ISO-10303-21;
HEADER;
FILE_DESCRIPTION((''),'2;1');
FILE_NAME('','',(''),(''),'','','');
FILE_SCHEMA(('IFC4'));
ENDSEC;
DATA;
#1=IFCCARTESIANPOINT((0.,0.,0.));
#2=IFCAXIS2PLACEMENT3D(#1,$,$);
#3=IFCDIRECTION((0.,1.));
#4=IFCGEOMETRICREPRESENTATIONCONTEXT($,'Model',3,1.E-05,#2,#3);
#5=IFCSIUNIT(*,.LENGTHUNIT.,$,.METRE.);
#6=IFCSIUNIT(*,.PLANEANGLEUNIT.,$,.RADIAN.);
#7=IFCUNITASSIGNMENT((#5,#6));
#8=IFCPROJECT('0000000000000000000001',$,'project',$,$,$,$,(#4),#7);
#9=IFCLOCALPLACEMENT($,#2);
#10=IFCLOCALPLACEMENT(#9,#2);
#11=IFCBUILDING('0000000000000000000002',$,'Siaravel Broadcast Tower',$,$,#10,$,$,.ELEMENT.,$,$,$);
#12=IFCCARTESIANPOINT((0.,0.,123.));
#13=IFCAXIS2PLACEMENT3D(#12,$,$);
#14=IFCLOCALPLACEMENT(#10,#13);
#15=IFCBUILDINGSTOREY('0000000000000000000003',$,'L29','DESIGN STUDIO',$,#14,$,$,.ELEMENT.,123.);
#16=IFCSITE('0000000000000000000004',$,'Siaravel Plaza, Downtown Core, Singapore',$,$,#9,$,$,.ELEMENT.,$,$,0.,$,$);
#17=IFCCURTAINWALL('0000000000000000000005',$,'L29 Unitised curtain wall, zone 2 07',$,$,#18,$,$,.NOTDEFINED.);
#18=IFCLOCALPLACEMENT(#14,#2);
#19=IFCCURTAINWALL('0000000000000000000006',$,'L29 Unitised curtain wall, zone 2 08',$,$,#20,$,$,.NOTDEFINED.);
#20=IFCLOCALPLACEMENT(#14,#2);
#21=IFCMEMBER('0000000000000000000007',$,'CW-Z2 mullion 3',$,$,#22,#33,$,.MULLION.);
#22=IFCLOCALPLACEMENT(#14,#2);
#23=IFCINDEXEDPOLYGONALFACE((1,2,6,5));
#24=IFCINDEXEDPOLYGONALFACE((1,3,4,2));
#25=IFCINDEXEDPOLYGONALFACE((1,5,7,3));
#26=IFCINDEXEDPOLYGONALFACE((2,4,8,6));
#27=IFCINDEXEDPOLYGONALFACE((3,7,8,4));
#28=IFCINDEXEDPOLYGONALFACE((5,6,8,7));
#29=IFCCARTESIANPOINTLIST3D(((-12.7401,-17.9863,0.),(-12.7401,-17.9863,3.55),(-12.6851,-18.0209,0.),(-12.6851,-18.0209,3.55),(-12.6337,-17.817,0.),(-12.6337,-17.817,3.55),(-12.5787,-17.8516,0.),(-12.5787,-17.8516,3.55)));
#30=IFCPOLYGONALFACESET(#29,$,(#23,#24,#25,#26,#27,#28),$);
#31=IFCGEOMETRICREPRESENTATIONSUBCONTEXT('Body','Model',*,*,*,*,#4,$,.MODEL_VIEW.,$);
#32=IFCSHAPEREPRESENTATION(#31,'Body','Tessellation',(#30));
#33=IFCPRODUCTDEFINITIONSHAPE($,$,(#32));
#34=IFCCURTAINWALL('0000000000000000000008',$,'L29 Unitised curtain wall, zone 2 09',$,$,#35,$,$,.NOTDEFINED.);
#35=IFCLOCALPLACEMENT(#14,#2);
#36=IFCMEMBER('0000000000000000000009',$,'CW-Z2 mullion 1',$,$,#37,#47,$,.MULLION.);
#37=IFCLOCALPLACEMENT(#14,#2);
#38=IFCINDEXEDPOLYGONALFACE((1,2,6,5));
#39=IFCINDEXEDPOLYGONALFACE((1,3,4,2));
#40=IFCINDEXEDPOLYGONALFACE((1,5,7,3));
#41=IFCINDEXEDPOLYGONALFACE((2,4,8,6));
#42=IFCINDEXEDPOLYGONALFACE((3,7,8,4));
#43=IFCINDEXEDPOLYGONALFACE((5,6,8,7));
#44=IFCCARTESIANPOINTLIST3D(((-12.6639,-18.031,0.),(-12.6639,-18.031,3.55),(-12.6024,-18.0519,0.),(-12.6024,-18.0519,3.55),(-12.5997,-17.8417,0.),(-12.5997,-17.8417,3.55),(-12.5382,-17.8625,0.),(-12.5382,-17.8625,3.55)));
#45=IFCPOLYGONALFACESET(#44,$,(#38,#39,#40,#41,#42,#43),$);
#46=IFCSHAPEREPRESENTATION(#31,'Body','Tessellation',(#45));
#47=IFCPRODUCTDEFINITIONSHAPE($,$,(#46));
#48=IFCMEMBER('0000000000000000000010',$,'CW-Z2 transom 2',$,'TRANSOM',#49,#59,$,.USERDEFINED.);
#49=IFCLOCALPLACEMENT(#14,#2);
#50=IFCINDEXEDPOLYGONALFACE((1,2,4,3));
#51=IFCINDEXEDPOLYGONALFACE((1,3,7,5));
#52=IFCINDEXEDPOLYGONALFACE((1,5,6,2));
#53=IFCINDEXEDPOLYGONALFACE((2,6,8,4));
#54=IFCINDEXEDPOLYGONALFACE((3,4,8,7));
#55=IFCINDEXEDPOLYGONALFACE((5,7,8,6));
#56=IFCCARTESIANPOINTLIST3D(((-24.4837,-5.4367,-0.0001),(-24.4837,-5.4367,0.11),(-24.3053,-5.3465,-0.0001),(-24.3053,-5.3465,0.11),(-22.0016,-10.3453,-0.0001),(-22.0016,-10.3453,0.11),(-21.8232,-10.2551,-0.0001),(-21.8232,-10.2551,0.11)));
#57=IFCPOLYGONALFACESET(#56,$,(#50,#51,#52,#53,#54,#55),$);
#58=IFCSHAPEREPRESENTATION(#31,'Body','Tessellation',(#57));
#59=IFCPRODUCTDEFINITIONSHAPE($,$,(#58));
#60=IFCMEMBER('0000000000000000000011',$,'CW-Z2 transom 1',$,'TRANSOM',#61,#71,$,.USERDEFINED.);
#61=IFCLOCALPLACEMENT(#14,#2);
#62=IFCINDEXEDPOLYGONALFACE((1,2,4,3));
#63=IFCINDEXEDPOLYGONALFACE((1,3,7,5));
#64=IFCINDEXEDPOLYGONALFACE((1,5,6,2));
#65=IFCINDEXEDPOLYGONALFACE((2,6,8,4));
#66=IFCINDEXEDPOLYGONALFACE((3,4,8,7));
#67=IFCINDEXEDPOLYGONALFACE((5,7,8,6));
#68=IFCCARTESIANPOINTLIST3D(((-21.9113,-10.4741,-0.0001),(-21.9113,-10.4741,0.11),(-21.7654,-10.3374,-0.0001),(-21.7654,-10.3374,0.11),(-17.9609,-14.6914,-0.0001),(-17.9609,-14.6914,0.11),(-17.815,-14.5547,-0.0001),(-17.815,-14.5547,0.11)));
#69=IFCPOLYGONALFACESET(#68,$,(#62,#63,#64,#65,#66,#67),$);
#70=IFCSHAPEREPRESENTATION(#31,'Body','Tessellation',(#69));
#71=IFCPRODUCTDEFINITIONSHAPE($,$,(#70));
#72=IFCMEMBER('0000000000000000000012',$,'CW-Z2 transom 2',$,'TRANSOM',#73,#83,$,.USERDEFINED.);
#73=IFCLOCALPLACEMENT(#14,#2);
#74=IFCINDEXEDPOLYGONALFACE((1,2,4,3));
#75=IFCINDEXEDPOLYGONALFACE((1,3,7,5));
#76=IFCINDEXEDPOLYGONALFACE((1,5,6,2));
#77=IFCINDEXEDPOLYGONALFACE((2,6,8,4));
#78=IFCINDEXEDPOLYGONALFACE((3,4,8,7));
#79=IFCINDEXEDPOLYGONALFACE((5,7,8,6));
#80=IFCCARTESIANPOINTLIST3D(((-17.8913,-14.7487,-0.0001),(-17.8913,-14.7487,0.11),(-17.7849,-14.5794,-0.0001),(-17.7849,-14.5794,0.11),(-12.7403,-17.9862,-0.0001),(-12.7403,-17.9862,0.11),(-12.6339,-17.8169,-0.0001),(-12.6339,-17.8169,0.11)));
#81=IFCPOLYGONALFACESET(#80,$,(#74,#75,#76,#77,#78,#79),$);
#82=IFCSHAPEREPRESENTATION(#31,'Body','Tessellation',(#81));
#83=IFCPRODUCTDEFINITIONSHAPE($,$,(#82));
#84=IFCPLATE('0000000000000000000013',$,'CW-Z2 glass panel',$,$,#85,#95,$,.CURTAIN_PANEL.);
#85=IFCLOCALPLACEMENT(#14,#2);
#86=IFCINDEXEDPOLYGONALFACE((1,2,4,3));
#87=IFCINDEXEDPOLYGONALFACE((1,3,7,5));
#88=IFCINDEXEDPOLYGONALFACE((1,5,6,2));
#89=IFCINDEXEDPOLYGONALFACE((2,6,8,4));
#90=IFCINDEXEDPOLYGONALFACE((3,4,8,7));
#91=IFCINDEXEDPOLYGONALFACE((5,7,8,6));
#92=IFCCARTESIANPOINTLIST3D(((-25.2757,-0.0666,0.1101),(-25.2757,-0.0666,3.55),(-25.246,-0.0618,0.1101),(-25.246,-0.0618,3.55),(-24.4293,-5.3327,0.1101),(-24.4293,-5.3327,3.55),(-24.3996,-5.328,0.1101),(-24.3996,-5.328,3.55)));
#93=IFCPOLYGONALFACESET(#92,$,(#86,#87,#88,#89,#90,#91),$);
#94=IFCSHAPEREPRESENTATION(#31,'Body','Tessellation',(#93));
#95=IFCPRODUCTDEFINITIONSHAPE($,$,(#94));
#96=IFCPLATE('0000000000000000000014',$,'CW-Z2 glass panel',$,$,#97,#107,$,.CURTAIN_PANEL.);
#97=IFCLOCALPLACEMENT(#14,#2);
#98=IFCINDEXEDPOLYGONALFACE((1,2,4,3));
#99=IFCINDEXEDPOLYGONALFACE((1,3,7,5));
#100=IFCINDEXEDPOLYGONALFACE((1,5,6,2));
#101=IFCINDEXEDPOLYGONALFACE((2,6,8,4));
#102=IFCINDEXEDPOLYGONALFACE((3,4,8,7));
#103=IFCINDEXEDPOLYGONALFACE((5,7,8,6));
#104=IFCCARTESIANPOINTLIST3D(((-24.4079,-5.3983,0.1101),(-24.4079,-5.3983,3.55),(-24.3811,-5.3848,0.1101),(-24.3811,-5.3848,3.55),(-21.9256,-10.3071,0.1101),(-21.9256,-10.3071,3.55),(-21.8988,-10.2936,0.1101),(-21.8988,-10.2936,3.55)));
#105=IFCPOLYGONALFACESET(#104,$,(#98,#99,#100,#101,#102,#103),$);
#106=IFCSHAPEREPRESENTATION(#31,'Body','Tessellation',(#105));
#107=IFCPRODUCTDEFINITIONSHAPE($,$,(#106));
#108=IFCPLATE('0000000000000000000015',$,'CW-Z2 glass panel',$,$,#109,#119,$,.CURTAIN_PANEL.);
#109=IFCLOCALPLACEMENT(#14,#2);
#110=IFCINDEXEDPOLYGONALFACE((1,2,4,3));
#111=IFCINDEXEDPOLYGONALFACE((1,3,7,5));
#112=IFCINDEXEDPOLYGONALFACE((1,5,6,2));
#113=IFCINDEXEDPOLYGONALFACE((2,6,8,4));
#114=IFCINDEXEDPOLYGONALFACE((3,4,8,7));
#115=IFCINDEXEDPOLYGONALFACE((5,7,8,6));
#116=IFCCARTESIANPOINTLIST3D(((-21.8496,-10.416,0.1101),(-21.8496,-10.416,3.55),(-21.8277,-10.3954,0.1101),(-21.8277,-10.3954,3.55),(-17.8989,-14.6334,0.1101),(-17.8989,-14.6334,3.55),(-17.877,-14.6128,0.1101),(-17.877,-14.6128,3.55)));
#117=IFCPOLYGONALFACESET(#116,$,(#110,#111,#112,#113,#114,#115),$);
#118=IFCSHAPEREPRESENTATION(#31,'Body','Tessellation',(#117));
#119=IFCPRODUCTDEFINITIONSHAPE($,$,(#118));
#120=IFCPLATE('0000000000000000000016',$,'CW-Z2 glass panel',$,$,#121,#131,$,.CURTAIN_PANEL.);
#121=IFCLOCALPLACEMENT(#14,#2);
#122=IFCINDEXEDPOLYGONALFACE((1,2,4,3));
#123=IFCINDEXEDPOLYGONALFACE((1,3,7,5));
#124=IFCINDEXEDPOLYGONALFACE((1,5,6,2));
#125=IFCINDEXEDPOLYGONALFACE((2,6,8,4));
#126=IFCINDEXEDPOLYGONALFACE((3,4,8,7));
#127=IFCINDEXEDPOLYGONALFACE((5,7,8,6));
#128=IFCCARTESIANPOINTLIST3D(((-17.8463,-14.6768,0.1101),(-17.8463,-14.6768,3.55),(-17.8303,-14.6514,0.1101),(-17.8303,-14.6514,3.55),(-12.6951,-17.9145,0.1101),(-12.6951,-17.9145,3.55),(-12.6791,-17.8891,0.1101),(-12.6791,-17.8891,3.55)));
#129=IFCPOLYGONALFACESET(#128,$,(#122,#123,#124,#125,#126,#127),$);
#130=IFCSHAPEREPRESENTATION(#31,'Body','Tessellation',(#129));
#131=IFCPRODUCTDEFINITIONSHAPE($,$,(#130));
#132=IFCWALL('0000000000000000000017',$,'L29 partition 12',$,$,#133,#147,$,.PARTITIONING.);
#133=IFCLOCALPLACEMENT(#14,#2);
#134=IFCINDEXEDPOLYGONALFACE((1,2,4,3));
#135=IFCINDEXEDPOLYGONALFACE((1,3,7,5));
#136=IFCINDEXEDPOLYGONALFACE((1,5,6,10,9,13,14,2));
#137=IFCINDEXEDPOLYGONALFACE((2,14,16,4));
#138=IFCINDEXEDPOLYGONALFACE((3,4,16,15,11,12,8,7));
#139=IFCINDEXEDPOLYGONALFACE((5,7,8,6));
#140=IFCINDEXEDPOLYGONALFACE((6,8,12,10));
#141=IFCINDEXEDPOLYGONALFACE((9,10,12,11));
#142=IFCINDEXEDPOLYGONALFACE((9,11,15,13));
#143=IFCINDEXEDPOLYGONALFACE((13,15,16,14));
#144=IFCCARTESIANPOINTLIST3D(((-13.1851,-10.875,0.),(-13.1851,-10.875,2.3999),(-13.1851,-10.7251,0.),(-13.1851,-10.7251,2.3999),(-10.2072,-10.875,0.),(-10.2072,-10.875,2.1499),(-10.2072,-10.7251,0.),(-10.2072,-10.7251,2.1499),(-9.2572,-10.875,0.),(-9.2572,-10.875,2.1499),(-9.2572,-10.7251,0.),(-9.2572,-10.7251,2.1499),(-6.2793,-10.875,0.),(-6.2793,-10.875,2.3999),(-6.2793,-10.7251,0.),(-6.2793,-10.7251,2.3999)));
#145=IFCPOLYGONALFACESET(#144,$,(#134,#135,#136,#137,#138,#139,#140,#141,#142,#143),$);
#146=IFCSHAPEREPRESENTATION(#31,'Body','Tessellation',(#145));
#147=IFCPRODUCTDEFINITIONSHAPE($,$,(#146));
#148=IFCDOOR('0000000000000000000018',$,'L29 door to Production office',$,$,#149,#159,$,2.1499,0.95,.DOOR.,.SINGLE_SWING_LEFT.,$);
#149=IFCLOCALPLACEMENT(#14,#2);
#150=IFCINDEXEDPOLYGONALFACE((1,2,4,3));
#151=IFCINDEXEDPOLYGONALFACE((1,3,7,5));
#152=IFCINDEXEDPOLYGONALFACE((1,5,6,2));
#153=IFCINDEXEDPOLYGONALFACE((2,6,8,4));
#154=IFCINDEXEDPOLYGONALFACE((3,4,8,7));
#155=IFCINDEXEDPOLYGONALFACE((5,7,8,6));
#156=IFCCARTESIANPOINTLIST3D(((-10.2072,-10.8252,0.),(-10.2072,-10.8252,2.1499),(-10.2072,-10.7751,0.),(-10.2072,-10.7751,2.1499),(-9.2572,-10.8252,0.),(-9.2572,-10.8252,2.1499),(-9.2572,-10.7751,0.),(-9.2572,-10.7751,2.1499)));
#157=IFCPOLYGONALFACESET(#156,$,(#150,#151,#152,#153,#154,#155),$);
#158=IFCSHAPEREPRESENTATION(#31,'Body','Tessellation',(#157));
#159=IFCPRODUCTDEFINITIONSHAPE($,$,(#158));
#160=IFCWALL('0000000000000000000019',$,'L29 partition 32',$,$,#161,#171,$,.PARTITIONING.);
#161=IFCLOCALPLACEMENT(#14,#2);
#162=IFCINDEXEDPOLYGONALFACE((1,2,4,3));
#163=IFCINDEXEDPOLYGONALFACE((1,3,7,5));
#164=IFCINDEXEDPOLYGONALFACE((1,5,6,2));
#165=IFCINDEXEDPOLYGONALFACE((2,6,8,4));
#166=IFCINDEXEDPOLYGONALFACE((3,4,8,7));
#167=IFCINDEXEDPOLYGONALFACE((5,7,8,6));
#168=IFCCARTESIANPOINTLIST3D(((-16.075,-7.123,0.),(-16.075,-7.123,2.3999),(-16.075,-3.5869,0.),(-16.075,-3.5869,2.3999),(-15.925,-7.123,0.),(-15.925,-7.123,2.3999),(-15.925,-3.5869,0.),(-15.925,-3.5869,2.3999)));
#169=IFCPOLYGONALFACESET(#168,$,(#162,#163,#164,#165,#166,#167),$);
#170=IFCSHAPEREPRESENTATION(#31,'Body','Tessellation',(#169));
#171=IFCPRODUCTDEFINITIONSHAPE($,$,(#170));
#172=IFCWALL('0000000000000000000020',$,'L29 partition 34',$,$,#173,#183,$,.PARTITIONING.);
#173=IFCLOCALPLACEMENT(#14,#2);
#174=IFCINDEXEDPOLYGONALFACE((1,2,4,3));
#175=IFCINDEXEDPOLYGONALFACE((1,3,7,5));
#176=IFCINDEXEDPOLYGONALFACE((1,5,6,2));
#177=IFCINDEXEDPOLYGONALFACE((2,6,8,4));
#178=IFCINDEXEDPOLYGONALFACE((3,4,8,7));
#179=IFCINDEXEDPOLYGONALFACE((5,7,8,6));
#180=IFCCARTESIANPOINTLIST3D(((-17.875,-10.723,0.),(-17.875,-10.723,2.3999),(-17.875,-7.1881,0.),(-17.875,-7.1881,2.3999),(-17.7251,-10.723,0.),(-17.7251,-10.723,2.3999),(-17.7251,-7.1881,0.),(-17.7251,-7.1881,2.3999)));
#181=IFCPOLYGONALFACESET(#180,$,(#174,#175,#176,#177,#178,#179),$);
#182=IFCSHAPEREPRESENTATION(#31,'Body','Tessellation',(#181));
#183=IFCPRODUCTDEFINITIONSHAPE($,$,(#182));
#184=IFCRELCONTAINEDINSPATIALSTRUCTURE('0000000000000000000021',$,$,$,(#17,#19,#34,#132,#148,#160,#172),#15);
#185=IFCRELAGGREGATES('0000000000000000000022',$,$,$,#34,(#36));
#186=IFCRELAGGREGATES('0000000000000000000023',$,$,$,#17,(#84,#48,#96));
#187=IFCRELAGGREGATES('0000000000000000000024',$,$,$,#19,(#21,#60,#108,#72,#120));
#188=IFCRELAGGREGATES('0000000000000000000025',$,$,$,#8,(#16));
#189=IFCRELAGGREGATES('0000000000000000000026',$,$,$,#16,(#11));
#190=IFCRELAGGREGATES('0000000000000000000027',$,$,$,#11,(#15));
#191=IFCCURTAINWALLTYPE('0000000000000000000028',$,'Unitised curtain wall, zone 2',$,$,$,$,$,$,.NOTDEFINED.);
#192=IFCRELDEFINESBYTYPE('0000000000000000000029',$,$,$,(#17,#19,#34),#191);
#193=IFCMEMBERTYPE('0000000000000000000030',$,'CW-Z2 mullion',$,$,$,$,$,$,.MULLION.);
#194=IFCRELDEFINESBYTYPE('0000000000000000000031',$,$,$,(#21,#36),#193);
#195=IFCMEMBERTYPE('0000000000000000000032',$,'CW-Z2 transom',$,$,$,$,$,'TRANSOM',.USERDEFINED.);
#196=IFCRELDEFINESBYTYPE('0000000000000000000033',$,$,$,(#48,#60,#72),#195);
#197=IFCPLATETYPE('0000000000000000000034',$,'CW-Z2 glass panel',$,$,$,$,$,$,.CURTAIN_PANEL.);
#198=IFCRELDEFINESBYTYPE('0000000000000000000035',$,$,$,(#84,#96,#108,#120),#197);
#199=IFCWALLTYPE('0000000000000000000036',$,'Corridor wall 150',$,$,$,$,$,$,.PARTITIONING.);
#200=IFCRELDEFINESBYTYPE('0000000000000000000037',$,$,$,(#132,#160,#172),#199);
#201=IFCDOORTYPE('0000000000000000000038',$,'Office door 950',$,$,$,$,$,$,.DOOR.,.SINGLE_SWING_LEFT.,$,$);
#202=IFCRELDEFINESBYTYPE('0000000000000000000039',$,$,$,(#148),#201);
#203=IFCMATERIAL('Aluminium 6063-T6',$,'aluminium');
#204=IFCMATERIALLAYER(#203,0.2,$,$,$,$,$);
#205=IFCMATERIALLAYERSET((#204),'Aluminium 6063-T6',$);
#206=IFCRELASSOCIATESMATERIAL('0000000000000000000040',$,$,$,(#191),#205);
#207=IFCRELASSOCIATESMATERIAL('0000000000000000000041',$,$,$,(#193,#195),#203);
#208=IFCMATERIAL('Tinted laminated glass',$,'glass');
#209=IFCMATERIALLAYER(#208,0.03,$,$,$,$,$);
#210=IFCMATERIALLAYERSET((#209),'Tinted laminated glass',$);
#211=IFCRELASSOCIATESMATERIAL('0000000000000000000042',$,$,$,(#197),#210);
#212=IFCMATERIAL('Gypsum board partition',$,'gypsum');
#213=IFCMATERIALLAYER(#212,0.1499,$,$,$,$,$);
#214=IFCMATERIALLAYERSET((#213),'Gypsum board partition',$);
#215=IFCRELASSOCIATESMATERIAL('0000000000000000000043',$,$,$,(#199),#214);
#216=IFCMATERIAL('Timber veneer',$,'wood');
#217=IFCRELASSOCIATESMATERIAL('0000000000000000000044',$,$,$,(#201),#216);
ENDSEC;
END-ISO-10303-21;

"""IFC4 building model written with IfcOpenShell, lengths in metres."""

from ifc_helpers import new_model, si_unit, direction, frame, frame_2d, origin, origin_2d, place, context, subcontext, project, spatial, rectangle, extrude, material, layer, layer_set, material_profile, profile_set, type_object, element, fill, aggregate, save


model = new_model("IFC4")

# Units and contexts
model_context = context("Model", 3, precision=1e-05, world=origin(), true_north=direction((0.0, 1.0)))
body_context = subcontext(model_context, "Body", "Model", "MODEL_VIEW")
ifc_project = project(units=[si_unit("LENGTHUNIT", "METRE"), si_unit("PLANEANGLEUNIT", "RADIAN")], contexts=[model_context])

# Site, building, storey
site_placement = place(None, origin())
site = spatial("IfcSite", under=ifc_project, at=site_placement, Name="Siaravel Plaza, Downtown Core, Singapore", CompositionType="ELEMENT", RefElevation=0.0)
building_placement = place(site_placement, origin())
building = spatial("IfcBuilding", under=site, at=building_placement, Name="Siaravel Broadcast Tower", CompositionType="ELEMENT")
storey_placement = place(building_placement, frame((0.0, 0.0, 123.0)))
storey = spatial("IfcBuildingStorey", under=building, at=storey_placement, Name="L29", Description="DESIGN STUDIO", CompositionType="ELEMENT", Elevation=123.0)

# Curtain walls, member
ifc_material_1 = material(Name="Aluminium 6063-T6", Category="aluminium")
ifc_layer_1 = layer(ifc_material_1, 0.2)
ifc_layer_set_1 = layer_set([ifc_layer_1], Name="Aluminium 6063-T6")
curtain_wall_type = type_object("IfcCurtainWallType", Name="Unitised curtain wall, zone 2", PredefinedType="NOTDEFINED", material=ifc_layer_set_1)
curtain_wall_1_placement = place(storey_placement, origin())
curtain_wall_1 = element("IfcCurtainWall", 1, at=curtain_wall_1_placement, inside=storey, type_object=curtain_wall_type, Name="L29 Unitised curtain wall, zone 2 07", PredefinedType="NOTDEFINED")
ifc_material_profile_1 = material_profile(ifc_material_1, rectangle(XDim=0.2, YDim=0.0649, at=origin_2d()))
ifc_profile_set_1 = profile_set([ifc_material_profile_1], Name="Aluminium 6063-T6")
member_type_1 = type_object("IfcMemberType", Name="CW-Z2 mullion", PredefinedType="MULLION", material=ifc_profile_set_1)
curtain_wall_2_placement = place(storey_placement, origin())
curtain_wall_2 = element("IfcCurtainWall", 2, at=curtain_wall_2_placement, inside=storey, type_object=curtain_wall_type, Name="L29 Unitised curtain wall, zone 2 08", PredefinedType="NOTDEFINED")
member_1_placement = place(storey_placement, frame((-12.6594, -17.9189, 0.0), z_axis=(0.0, 0.0, 1.0), x_axis=(0.532149, 0.846651, 0.0)))
member_1 = element("IfcMember", 3, at=member_1_placement, type_object=member_type_1, Name="CW-Z2 mullion 3", PredefinedType="MULLION", context=body_context, shape_type="SweptSolid", body=[
    extrude(rectangle(XDim=0.2, YDim=0.0649, at=origin_2d()), origin(), (0.0, 0.0, 1.0), 3.55),
])

# Curtain wall, member
curtain_wall_3_placement = place(storey_placement, origin())
curtain_wall_3 = element("IfcCurtainWall", 4, at=curtain_wall_3_placement, inside=storey, type_object=curtain_wall_type, Name="L29 Unitised curtain wall, zone 2 09", PredefinedType="NOTDEFINED")
member_2_placement = place(storey_placement, frame((-12.6011, -17.9468, 0.0), z_axis=(0.0, 0.0, 1.0), x_axis=(0.321301, 0.946977, 0.0)))
member_2 = element("IfcMember", 5, at=member_2_placement, type_object=member_type_1, Name="CW-Z2 mullion 1", PredefinedType="MULLION", context=body_context, shape_type="SweptSolid", body=[
    extrude(rectangle(XDim=0.2, YDim=0.0649, at=origin_2d()), origin(), (0.0, 0.0, 1.0), 3.55),
])
aggregate(curtain_wall_3, [member_2])

# Members
ifc_material_profile_2 = material_profile(ifc_material_1, rectangle(XDim=0.2, YDim=0.1101, at=origin_2d()))
ifc_profile_set_2 = profile_set([ifc_material_profile_2], Name="Aluminium 6063-T6")
member_type_2 = type_object("IfcMemberType", Name="CW-Z2 transom", ElementType="TRANSOM", PredefinedType="USERDEFINED", material=ifc_profile_set_2)
member_3_placement = place(storey_placement, frame((-24.3945, -5.3916, 0.0549), z_axis=(0.451257, -0.892394, 0.0), x_axis=(0.892394, 0.451257, 0.0)))
member_3 = element("IfcMember", 6, at=member_3_placement, type_object=member_type_2, Name="CW-Z2 transom 2", ObjectType="TRANSOM", PredefinedType="USERDEFINED", context=body_context, shape_type="SweptSolid", body=[
    extrude(rectangle(XDim=0.2, YDim=0.1101, at=origin_2d()), origin(), (0.0, 0.0, 1.0), 5.5005),
])
member_4_placement = place(storey_placement, frame((-21.8384, -10.4058, 0.0549), z_axis=(0.68364, -0.729819, 0.0), x_axis=(0.729819, 0.68364, 0.0)))
member_4 = element("IfcMember", 7, at=member_4_placement, type_object=member_type_2, Name="CW-Z2 transom 1", ObjectType="TRANSOM", PredefinedType="USERDEFINED", context=body_context, shape_type="SweptSolid", body=[
    extrude(rectangle(XDim=0.2, YDim=0.1101, at=origin_2d()), origin(), (0.0, 0.0, 1.0), 5.7786),
])
member_5_placement = place(storey_placement, frame((-17.8381, -14.6641, 0.0549), z_axis=(0.846659, -0.532136, 0.0), x_axis=(0.532136, 0.846659, 0.0)))
member_5 = element("IfcMember", 8, at=member_5_placement, type_object=member_type_2, Name="CW-Z2 transom 2", ObjectType="TRANSOM", PredefinedType="USERDEFINED", context=body_context, shape_type="SweptSolid", body=[
    extrude(rectangle(XDim=0.2, YDim=0.1101, at=origin_2d()), origin(), (0.0, 0.0, 1.0), 6.084),
])

# Plates
ifc_material_2 = material(Name="Tinted laminated glass", Category="glass")
ifc_layer_2 = layer(ifc_material_2, 0.03)
ifc_layer_set_2 = layer_set([ifc_layer_2], Name="Tinted laminated glass")
plate_type = type_object("IfcPlateType", Name="CW-Z2 glass panel", PredefinedType="CURTAIN_PANEL", material=ifc_layer_set_2)
plate_1_placement = place(storey_placement, frame((-24.8376, -2.6973, 0.1101), z_axis=(0.0, 0.0, 1.0), x_axis=(0.158686, -0.987329, 0.0)))
plate_1 = element("IfcPlate", 9, at=plate_1_placement, type_object=plate_type, Name="CW-Z2 glass panel", PredefinedType="CURTAIN_PANEL", context=body_context, shape_type="SweptSolid", body=[
    extrude(rectangle(XDim=5.3337, YDim=0.03, at=origin_2d()), origin(), (0.0, 0.0, 1.0), 3.4399),
])
plate_2_placement = place(storey_placement, frame((-23.1533, -7.8459, 0.1101), z_axis=(0.0, 0.0, 1.0), x_axis=(0.451261, -0.892392, 0.0)))
plate_2 = element("IfcPlate", 10, at=plate_2_placement, type_object=plate_type, Name="CW-Z2 glass panel", PredefinedType="CURTAIN_PANEL", context=body_context, shape_type="SweptSolid", body=[
    extrude(rectangle(XDim=5.5007, YDim=0.03, at=origin_2d()), origin(), (0.0, 0.0, 1.0), 3.4399),
])
aggregate(curtain_wall_1, [plate_1, member_3, plate_2])
plate_3_placement = place(storey_placement, frame((-19.8633, -12.5144, 0.1101), z_axis=(0.0, 0.0, 1.0), x_axis=(0.683655, -0.729805, 0.0)))
plate_3 = element("IfcPlate", 11, at=plate_3_placement, type_object=plate_type, Name="CW-Z2 glass panel", PredefinedType="CURTAIN_PANEL", context=body_context, shape_type="SweptSolid", body=[
    extrude(rectangle(XDim=5.7788, YDim=0.03, at=origin_2d()), origin(), (0.0, 0.0, 1.0), 3.4399),
])
plate_4_placement = place(storey_placement, frame((-15.2627, -16.283, 0.1101), z_axis=(0.0, 0.0, 1.0), x_axis=(0.846651, -0.532149, 0.0)))
plate_4 = element("IfcPlate", 12, at=plate_4_placement, type_object=plate_type, Name="CW-Z2 glass panel", PredefinedType="CURTAIN_PANEL", context=body_context, shape_type="SweptSolid", body=[
    extrude(rectangle(XDim=6.0842, YDim=0.03, at=origin_2d()), origin(), (0.0, 0.0, 1.0), 3.4399),
])
aggregate(curtain_wall_2, [member_1, member_4, plate_3, member_5, plate_4])

# Wall, opening, door
ifc_material_3 = material(Name="Gypsum board partition", Category="gypsum")
ifc_layer_3 = layer(ifc_material_3, 0.1499)
ifc_layer_set_3 = layer_set([ifc_layer_3], Name="Gypsum board partition")
wall_type_1 = type_object("IfcWallType", Name="Corridor wall 150", PredefinedType="PARTITIONING", material=ifc_layer_set_3)
wall_1_placement = place(storey_placement, frame((-13.1851, -10.8, 0.0), z_axis=(0.0, 0.0, 1.0), x_axis=(1.0, 0.0, 0.0)))
wall_1 = element("IfcWall", 13, at=wall_1_placement, inside=storey, type_object=wall_type_1, Name="L29 partition 12", PredefinedType="PARTITIONING", context=body_context, shape_type="SweptSolid", body=[
    extrude(rectangle(XDim=6.9058, YDim=0.1499, at=frame_2d((3.4529, 0.0))), origin(), (0.0, 0.0, 1.0), 2.3999),
])
opening_1_placement = place(wall_1_placement, frame((2.9778, 0.0, 0.0)))
opening_1 = element("IfcOpeningElement", 14, at=opening_1_placement, cuts=wall_1, PredefinedType="OPENING", context=body_context, shape_type="SweptSolid", body=[
    extrude(rectangle(XDim=0.95, YDim=2.1499, at=frame_2d((0.4751, 1.075))), frame((0.0, 0.085, 0.0), z_axis=(0.0, -1.0, 0.0), x_axis=(1.0, 0.0, 0.0)), (0.0, 0.0, 1.0), 0.1699),
])
ifc_material_4 = material(Name="Timber veneer", Category="wood")
door_type = type_object("IfcDoorType", Name="Office door 950", OperationType="SINGLE_SWING_LEFT", PredefinedType="DOOR", material=ifc_material_4)
door_1_placement = place(opening_1_placement, origin())
door_1 = element("IfcDoor", 15, at=door_1_placement, inside=storey, type_object=door_type, Name="L29 door to Production office", OperationType="SINGLE_SWING_LEFT", OverallHeight=2.1499, OverallWidth=0.95, PredefinedType="DOOR", context=body_context, shape_type="SweptSolid", body=[
    extrude(rectangle(XDim=0.95, YDim=2.1499, at=frame_2d((0.4751, 1.075))), frame((0.0, 0.0249, 0.0), z_axis=(0.0, -1.0, 0.0), x_axis=(1.0, 0.0, 0.0)), (0.0, 0.0, 1.0), 0.05),
])
fill(opening_1, door_1)

# Walls
wall_2_placement = place(storey_placement, frame((-16.0, -7.123, 0.0), z_axis=(0.0, 0.0, 1.0), x_axis=(0.0, 1.0, 0.0)))
element("IfcWall", 16, at=wall_2_placement, inside=storey, type_object=wall_type_1, Name="L29 partition 32", PredefinedType="PARTITIONING", context=body_context, shape_type="SweptSolid", body=[
    extrude(rectangle(XDim=3.5361, YDim=0.1499, at=frame_2d((1.7681, 0.0))), origin(), (0.0, 0.0, 1.0), 2.3999),
])
wall_3_placement = place(storey_placement, frame((-17.8, -7.188, 0.0), z_axis=(0.0, 0.0, 1.0), x_axis=(0.0, -1.0, 0.0)))
element("IfcWall", 17, at=wall_3_placement, inside=storey, type_object=wall_type_1, Name="L29 partition 34", PredefinedType="PARTITIONING", context=body_context, shape_type="SweptSolid", body=[
    extrude(rectangle(XDim=3.5349, YDim=0.1499, at=frame_2d((1.7676, 0.0))), origin(), (0.0, 0.0, 1.0), 2.3999),
])

save(model, "model.ifc")
